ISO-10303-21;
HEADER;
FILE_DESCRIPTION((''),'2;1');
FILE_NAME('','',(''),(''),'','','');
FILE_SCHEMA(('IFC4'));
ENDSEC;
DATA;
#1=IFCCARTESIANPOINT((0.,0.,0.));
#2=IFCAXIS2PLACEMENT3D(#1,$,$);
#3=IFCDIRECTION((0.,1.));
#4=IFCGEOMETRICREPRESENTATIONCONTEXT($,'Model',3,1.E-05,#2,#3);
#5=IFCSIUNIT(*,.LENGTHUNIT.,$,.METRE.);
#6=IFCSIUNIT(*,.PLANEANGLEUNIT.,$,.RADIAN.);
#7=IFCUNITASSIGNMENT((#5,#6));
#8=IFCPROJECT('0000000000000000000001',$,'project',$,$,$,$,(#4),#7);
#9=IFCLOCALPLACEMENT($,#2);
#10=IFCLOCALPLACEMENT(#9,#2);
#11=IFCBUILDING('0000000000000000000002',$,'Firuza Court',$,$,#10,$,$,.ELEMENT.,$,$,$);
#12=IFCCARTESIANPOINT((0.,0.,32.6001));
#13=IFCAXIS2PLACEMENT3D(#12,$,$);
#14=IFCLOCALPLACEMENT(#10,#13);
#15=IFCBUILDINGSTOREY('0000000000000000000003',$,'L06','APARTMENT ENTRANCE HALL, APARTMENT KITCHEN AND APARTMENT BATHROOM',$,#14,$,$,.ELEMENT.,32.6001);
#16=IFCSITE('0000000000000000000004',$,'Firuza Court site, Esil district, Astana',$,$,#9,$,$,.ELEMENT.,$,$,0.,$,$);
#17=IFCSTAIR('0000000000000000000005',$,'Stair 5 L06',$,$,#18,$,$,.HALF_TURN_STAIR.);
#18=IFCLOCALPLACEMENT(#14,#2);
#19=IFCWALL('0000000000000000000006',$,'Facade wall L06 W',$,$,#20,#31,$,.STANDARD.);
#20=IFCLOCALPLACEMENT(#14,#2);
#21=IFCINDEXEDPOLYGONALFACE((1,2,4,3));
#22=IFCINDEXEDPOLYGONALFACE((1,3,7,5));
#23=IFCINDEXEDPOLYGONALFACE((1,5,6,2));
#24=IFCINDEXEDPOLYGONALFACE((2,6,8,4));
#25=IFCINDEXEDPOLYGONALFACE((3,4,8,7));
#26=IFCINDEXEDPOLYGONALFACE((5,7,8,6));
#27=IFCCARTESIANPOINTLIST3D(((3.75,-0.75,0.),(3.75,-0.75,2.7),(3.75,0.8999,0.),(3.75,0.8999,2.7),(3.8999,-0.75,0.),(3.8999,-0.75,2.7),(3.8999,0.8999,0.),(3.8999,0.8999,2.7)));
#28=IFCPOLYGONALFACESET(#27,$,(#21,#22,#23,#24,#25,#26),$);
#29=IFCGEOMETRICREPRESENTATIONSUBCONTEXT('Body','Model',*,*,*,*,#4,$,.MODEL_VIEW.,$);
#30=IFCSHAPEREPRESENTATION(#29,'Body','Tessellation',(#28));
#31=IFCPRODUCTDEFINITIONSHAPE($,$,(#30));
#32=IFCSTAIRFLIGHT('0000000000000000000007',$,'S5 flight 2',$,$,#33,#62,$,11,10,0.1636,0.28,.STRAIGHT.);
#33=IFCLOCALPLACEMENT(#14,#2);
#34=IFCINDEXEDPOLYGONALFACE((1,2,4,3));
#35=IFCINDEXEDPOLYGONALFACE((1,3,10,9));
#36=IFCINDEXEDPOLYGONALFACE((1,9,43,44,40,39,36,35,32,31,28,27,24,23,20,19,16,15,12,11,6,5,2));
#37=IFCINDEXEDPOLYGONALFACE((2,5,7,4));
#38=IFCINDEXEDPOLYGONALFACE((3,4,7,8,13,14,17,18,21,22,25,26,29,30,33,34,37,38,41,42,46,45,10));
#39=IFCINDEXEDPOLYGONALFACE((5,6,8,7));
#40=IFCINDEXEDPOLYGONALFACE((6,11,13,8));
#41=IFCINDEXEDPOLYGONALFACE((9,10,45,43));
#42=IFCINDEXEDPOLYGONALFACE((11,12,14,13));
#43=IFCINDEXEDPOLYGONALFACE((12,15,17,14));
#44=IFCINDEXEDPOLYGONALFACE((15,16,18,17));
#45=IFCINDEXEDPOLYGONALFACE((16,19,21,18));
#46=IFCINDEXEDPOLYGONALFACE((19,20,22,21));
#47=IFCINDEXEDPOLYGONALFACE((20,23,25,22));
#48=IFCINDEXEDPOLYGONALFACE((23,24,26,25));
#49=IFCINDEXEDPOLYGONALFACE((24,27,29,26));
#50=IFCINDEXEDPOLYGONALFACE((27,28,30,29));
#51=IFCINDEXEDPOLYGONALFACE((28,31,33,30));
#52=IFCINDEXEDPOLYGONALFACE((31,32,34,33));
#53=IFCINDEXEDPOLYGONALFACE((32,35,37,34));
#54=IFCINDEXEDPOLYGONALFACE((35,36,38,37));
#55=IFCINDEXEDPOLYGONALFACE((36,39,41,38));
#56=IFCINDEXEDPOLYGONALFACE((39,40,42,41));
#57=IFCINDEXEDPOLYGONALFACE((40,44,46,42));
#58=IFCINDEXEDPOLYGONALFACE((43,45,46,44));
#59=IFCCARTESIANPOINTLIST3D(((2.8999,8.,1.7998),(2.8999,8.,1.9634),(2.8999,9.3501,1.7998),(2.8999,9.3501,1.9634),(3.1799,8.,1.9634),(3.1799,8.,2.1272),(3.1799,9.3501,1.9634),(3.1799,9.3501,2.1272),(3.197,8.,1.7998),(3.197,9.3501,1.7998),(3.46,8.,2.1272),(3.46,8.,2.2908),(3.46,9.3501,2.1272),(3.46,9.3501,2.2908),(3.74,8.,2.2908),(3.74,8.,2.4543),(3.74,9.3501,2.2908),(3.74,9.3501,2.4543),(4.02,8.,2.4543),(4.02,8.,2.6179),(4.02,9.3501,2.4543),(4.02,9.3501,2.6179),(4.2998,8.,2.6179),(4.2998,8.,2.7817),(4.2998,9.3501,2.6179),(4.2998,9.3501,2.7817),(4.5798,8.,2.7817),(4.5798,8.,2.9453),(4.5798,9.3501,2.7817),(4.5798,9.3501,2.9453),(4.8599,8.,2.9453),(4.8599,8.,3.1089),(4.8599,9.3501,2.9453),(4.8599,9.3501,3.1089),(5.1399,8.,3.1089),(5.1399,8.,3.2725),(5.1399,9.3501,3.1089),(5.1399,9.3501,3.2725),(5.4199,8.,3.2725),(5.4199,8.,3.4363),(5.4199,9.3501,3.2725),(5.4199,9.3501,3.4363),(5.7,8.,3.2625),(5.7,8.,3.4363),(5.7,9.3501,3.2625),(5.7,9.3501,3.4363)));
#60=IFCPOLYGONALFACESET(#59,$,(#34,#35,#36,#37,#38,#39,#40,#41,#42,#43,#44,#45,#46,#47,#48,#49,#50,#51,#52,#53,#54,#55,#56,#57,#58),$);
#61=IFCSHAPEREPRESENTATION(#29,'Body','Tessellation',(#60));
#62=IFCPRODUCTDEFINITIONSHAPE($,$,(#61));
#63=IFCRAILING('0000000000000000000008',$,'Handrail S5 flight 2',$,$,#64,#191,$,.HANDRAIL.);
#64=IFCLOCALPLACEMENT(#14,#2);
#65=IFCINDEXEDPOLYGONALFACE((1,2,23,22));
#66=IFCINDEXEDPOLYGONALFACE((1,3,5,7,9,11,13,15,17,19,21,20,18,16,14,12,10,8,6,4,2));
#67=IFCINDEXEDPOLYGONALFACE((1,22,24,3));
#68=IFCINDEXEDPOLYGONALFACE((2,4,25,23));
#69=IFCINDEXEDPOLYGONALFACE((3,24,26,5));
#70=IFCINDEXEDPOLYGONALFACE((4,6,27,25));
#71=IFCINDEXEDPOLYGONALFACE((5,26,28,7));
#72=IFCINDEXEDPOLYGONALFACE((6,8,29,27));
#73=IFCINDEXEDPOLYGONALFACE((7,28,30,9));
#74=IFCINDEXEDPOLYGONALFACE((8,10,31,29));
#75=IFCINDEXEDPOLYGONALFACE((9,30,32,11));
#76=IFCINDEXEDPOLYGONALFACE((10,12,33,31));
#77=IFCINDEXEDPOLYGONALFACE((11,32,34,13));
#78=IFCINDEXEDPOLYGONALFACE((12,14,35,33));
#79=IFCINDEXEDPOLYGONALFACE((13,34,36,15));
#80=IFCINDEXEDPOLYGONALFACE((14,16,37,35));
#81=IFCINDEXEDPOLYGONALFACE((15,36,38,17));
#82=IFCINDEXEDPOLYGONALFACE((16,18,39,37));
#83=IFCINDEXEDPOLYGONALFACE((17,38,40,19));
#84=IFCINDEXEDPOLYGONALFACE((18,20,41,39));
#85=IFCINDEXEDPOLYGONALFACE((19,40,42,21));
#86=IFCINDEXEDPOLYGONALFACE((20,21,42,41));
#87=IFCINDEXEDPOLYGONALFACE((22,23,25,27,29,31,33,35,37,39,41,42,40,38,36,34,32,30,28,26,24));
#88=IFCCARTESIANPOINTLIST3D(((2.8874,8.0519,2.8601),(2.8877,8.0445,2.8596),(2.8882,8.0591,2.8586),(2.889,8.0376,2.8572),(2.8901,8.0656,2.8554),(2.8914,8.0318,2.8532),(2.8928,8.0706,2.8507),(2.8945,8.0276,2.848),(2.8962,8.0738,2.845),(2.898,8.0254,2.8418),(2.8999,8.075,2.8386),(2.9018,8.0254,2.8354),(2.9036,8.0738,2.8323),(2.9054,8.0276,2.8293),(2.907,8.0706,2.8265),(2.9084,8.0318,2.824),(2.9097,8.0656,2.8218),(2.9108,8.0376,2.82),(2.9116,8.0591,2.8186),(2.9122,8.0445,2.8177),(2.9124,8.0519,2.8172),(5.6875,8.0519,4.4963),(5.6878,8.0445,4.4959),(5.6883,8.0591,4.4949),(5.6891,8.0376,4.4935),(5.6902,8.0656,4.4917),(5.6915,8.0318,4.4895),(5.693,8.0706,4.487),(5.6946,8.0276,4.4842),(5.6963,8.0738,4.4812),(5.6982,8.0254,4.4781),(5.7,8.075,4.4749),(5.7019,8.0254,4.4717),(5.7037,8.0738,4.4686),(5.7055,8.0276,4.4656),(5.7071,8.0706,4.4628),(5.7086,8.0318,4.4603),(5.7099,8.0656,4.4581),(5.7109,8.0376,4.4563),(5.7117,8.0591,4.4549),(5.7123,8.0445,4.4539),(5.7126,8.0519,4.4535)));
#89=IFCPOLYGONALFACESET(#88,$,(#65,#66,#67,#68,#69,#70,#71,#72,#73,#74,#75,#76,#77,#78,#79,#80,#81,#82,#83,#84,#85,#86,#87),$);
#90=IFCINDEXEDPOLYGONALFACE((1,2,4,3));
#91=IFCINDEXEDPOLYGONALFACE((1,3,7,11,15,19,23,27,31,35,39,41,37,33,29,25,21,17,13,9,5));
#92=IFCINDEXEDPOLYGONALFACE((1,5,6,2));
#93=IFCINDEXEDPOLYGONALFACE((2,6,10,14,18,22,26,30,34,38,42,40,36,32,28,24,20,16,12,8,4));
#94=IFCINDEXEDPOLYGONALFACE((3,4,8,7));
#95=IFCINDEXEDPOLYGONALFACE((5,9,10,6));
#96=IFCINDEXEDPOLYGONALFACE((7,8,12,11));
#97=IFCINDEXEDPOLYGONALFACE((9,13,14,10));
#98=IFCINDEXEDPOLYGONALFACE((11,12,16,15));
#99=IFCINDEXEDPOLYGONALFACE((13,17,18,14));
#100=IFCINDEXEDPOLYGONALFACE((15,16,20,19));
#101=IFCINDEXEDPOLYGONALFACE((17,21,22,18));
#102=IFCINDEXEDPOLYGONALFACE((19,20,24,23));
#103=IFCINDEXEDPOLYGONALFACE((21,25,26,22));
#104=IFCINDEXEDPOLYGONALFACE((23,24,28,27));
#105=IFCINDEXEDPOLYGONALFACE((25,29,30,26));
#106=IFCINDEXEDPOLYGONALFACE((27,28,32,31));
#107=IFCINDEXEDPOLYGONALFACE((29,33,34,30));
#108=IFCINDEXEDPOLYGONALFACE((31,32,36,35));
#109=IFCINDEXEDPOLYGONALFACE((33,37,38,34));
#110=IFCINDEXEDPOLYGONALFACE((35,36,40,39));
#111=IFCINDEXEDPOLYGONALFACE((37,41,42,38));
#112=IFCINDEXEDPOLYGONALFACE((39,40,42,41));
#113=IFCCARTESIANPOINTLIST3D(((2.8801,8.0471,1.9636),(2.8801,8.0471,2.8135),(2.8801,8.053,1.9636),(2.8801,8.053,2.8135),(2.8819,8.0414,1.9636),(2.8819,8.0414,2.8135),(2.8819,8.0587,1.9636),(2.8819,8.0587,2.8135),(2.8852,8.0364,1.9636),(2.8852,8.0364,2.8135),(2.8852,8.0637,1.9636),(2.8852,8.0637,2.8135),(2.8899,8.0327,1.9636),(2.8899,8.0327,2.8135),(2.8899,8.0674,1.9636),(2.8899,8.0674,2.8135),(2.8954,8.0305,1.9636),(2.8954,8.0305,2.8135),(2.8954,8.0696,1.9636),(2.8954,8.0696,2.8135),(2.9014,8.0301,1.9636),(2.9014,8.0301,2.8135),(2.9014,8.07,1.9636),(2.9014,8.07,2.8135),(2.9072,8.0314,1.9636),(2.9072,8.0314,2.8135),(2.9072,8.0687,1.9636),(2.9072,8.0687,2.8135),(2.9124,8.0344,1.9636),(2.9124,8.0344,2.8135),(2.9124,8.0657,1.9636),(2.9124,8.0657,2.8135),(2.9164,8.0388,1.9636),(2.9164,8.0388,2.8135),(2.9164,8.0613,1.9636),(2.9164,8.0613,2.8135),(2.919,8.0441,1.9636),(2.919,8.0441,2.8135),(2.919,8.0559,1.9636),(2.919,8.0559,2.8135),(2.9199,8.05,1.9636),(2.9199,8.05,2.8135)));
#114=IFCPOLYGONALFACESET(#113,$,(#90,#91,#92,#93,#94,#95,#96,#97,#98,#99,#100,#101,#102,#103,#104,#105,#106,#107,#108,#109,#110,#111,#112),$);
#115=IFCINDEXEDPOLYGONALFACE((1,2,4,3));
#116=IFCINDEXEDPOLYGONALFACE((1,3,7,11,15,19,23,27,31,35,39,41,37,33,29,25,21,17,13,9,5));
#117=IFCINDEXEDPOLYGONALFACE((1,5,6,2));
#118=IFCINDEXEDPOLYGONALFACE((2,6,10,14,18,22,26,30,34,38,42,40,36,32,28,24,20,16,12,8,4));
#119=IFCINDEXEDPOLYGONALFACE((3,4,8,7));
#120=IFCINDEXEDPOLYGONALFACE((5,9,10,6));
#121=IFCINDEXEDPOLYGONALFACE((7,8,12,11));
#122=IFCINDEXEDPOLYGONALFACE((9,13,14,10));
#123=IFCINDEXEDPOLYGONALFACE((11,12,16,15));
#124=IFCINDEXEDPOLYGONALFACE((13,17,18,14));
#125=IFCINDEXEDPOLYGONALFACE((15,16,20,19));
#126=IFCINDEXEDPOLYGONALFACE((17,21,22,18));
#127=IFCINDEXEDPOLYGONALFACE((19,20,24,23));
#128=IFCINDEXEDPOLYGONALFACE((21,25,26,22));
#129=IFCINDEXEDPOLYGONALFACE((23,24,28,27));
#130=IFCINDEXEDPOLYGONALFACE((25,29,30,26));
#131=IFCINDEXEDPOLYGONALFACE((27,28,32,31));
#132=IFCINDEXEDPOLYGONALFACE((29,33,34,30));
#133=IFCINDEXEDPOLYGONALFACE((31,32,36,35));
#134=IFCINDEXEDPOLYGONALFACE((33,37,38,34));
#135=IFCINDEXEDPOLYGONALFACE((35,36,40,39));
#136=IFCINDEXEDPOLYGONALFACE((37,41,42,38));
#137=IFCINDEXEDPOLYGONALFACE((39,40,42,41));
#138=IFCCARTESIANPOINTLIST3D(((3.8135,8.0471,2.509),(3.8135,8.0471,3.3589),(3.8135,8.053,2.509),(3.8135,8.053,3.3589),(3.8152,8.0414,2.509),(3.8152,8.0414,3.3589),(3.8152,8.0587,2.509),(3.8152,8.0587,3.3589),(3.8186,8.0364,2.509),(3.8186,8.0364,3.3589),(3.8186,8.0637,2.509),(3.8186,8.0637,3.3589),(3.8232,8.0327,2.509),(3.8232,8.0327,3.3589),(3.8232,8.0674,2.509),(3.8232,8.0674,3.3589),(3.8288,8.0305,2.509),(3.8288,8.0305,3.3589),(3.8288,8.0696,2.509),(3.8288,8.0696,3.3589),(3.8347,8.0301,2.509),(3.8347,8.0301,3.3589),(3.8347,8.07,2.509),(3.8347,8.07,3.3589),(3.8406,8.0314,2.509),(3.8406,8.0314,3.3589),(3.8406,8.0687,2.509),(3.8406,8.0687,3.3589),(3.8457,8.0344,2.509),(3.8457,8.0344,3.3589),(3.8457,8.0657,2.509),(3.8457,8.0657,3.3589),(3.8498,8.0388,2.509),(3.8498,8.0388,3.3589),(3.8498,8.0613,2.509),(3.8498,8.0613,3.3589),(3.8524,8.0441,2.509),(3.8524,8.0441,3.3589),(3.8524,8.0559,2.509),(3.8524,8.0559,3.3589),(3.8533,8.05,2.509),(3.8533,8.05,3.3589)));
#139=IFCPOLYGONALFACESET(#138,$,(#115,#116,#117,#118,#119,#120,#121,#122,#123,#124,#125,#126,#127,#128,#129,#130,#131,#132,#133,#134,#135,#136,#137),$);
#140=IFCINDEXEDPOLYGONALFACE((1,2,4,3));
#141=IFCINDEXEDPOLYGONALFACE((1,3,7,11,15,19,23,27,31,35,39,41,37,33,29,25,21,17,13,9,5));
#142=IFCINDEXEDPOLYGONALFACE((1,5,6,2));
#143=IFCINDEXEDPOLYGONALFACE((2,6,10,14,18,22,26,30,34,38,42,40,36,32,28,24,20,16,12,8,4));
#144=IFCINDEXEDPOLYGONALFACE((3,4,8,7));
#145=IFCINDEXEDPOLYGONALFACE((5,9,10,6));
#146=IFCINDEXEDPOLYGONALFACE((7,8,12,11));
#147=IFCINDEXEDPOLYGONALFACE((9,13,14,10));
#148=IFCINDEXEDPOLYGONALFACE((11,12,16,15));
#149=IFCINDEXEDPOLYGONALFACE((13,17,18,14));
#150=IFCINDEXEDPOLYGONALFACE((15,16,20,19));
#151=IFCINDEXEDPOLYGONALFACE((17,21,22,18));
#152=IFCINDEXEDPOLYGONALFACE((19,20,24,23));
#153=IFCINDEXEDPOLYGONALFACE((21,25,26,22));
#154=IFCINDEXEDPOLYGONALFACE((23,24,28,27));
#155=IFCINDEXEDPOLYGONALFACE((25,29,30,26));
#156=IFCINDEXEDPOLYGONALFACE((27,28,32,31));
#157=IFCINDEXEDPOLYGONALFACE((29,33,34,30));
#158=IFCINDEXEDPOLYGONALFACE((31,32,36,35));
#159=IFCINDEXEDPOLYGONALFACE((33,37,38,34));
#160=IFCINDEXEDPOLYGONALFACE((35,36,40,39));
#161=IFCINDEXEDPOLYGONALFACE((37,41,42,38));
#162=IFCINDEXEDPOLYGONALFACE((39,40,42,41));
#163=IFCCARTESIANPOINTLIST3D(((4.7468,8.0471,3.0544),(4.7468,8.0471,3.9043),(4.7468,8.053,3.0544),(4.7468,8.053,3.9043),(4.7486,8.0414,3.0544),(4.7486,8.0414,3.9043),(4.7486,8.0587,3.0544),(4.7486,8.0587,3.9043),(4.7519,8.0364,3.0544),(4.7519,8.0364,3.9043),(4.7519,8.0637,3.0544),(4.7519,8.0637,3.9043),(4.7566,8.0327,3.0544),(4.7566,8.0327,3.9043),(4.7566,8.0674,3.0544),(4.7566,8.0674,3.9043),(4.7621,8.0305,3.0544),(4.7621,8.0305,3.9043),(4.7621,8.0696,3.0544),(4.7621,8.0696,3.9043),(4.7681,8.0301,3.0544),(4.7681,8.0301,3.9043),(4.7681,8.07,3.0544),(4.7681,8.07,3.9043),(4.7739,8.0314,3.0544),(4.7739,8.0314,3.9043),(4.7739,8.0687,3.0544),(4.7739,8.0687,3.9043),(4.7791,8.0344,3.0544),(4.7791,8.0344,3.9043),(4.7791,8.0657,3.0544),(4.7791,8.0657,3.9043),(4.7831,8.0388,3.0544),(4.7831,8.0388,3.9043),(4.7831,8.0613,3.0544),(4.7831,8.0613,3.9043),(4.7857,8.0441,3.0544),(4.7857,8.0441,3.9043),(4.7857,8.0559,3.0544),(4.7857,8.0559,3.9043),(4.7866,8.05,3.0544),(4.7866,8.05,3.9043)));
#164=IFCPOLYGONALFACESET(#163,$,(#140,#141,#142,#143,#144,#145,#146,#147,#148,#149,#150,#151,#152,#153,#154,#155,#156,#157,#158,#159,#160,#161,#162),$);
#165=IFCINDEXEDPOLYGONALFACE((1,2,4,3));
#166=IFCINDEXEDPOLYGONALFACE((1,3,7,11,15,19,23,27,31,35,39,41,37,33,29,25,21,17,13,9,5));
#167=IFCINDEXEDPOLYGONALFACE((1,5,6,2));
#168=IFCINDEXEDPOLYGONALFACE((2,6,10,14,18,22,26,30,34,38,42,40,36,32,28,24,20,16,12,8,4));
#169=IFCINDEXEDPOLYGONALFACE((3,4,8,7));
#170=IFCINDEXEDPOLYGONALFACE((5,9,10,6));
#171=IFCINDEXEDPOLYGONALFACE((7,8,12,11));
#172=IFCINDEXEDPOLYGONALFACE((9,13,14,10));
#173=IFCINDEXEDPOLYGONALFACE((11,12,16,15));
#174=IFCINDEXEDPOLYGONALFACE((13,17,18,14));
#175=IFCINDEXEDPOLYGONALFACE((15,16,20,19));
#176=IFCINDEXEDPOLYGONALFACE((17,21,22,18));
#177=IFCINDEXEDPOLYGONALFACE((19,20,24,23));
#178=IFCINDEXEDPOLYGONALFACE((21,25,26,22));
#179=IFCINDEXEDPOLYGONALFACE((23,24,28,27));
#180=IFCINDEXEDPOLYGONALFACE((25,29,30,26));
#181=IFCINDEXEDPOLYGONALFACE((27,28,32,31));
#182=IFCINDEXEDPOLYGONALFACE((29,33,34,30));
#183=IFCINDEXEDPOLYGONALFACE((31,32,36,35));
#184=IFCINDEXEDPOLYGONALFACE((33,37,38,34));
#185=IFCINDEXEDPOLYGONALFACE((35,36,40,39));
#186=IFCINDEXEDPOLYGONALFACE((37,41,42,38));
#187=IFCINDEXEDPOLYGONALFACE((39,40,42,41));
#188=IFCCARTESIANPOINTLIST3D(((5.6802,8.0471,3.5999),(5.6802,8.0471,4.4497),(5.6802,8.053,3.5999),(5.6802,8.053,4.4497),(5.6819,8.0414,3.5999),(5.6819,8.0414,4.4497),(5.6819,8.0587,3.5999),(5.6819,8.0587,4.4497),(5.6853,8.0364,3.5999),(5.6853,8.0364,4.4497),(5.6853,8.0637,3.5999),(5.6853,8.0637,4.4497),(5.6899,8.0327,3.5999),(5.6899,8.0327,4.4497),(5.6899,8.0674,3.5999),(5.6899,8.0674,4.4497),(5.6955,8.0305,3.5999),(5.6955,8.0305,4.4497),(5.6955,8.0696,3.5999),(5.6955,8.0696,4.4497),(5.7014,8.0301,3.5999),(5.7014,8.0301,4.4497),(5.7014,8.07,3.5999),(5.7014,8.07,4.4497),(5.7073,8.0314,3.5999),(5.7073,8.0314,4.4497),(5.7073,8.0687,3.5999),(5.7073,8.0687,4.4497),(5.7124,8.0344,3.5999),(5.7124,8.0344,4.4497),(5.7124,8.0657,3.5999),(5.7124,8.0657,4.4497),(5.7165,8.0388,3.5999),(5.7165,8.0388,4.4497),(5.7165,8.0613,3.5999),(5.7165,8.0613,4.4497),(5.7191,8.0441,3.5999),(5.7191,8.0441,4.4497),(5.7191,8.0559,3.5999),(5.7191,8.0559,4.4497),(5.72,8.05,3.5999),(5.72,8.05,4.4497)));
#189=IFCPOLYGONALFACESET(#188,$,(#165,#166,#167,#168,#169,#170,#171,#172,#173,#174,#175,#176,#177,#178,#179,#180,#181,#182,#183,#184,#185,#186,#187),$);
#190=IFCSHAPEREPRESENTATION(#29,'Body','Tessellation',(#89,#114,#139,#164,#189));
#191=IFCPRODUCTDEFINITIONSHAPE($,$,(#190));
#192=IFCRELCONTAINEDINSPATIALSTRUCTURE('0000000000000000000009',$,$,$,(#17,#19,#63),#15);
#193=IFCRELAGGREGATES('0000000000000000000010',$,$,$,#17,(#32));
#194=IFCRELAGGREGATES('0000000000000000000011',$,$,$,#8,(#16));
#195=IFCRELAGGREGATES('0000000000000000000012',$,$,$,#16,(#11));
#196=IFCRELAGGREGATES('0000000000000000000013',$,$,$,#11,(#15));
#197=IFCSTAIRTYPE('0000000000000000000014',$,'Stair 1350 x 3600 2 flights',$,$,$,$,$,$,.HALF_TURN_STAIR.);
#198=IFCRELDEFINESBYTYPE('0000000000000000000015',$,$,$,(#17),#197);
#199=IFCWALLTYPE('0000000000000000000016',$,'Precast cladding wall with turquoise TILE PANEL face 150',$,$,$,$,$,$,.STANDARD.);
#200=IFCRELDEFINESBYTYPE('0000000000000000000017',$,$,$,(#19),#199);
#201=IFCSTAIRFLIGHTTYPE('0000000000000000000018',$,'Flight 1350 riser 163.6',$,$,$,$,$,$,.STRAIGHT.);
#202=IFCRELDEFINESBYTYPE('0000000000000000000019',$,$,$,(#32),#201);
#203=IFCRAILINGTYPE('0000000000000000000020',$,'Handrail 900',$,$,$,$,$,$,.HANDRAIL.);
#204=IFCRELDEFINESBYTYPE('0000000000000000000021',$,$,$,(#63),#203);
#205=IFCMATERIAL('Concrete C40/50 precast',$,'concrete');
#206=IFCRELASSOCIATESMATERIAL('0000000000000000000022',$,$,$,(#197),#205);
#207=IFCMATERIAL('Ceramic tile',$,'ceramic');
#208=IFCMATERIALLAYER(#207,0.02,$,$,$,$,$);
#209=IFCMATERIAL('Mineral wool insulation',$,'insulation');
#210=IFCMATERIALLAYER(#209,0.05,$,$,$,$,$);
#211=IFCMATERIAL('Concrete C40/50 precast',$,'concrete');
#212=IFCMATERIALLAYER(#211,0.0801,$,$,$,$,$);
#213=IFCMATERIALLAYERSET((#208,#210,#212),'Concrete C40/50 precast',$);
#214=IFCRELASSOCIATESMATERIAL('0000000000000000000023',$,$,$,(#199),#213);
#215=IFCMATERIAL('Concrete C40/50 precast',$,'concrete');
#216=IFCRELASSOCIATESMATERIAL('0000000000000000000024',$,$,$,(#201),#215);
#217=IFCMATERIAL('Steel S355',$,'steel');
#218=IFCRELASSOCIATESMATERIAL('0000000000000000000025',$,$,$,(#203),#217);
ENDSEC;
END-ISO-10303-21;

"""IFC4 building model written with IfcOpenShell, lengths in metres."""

from ifc_helpers import new_model, si_unit, direction, frame, frame_2d, origin, origin_2d, place, context, subcontext, project, spatial, polyline, rectangle, circle, outline, extrude, material, layer, layer_set, type_object, element, aggregate, save


model = new_model("IFC4")

# Units and contexts
model_context = context("Model", 3, precision=1e-05, world=origin(), true_north=direction((0.0, 1.0)))
body_context = subcontext(model_context, "Body", "Model", "MODEL_VIEW")
ifc_project = project(units=[si_unit("LENGTHUNIT", "METRE"), si_unit("PLANEANGLEUNIT", "RADIAN")], contexts=[model_context])

# Site, building, storey
site_placement = place(None, origin())
site = spatial("IfcSite", under=ifc_project, at=site_placement, Name="Firuza Court site, Esil district, Astana", CompositionType="ELEMENT", RefElevation=0.0)
building_placement = place(site_placement, origin())
building = spatial("IfcBuilding", under=site, at=building_placement, Name="Firuza Court", CompositionType="ELEMENT")
storey_placement = place(building_placement, frame((0.0, 0.0, 32.6001)))
storey = spatial("IfcBuildingStorey", under=building, at=storey_placement, Name="L06", Description="APARTMENT ENTRANCE HALL, APARTMENT KITCHEN AND APARTMENT BATHROOM", CompositionType="ELEMENT", Elevation=32.6001)

# Stair
ifc_material_1 = material(Name="Concrete C40/50 precast", Category="concrete")
stair_type = type_object("IfcStairType", Name="Stair 1350 x 3600 2 flights", PredefinedType="HALF_TURN_STAIR", material=ifc_material_1)
ifc_material_2 = material(Name="Concrete C40/50 precast", Category="concrete")
stair_1_placement = place(storey_placement, origin())
stair_1 = element("IfcStair", 1, at=stair_1_placement, inside=storey, type_object=stair_type, Name="Stair 5 L06", PredefinedType="HALF_TURN_STAIR")

# Wall
ifc_material_3 = material(Name="Ceramic tile", Category="ceramic")
ifc_layer_1 = layer(ifc_material_3, 0.02)
ifc_material_4 = material(Name="Mineral wool insulation", Category="insulation")
ifc_layer_2 = layer(ifc_material_4, 0.05)
ifc_layer_3 = layer(ifc_material_2, 0.0801)
ifc_layer_set_1 = layer_set([ifc_layer_1, ifc_layer_2, ifc_layer_3], Name="Concrete C40/50 precast")
wall_type_1 = type_object("IfcWallType", Name="Precast cladding wall with turquoise TILE PANEL face 150", PredefinedType="STANDARD", material=ifc_layer_set_1)
wall_1_placement = place(storey_placement, frame((3.825, 0.8999, 0.0), z_axis=(0.0, 0.0, 1.0), x_axis=(0.0, -1.0, 0.0)))
element("IfcWall", 2, at=wall_1_placement, inside=storey, type_object=wall_type_1, Name="Facade wall L06 W", PredefinedType="STANDARD", context=body_context, shape_type="SweptSolid", body=[
    extrude(rectangle(XDim=1.6499, YDim=0.1499, at=frame_2d((0.825, 0.0))), origin(), (0.0, 0.0, 1.0), 2.7),
])

# Stair flight
ifc_material_5 = material(Name="Concrete C40/50 precast", Category="concrete")
stair_flight_type = type_object("IfcStairFlightType", Name="Flight 1350 riser 163.6", PredefinedType="STRAIGHT", material=ifc_material_5)
stair_flight_placement = place(storey_placement, frame((2.8999, 8.675, 1.7998), z_axis=(0.0, 0.0, 1.0), x_axis=(1.0, 0.0, 0.0)))
stair_flight = element("IfcStairFlight", 3, at=stair_flight_placement, type_object=stair_flight_type, Name="S5 flight 2", NumberOfRisers=11, NumberOfTreads=10, PredefinedType="STRAIGHT", RiserHeight=0.1636, TreadLength=0.28, context=body_context, shape_type="SweptSolid", body=[
    extrude(outline(polyline([(0.0, 0.0), (0.0, 0.1636), (0.28, 0.1636), (0.28, 0.3274), (0.5601, 0.3274), (0.5601, 0.491), (0.8401, 0.491), (0.8401, 0.6545), (1.1201, 0.6545), (1.1201, 0.8181), (1.3999, 0.8181), (1.3999, 0.9819), (1.6799, 0.9819), (1.6799, 1.1455), (1.96, 1.1455), (1.96, 1.3091), (2.24, 1.3091), (2.24, 1.4727), (2.52, 1.4727), (2.52, 1.6365), (2.8, 1.6365), (2.8, 1.8), (2.8, 1.4626), (0.2971, 0.0), (0.0, 0.0)])), frame((0.0, 0.675, 0.0), z_axis=(0.0, -1.0, 0.0), x_axis=(1.0, 0.0, 0.0)), (0.0, 0.0, 1.0), 1.3501),
])
aggregate(stair_1, [stair_flight])

# Railing
ifc_material_6 = material(Name="Steel S355", Category="steel")
railing_type = type_object("IfcRailingType", Name="Handrail 900", PredefinedType="HANDRAIL", material=ifc_material_6)
railing_placement = place(storey_placement, frame((2.8999, 8.05, 1.9636)))
element("IfcRailing", 4, at=railing_placement, inside=storey, type_object=railing_type, Name="Handrail S5 flight 2", PredefinedType="HANDRAIL", context=body_context, shape_type="SweptSolid", body=[
    extrude(circle(Radius=0.0249, at=origin_2d()), frame((0.0, 0.0, 0.875), z_axis=(0.863394, 0.0, 0.504531), x_axis=(0.0, 1.0, 0.0)), (0.0, 0.0, 1.0), 3.2432),
    extrude(circle(Radius=0.02, at=origin_2d()), origin(), (0.0, 0.0, 1.0), 0.8499),
    extrude(circle(Radius=0.02, at=origin_2d()), frame((0.9333, 0.0, 0.5454)), (0.0, 0.0, 1.0), 0.8499),
    extrude(circle(Radius=0.02, at=origin_2d()), frame((1.8667, 0.0, 1.0908)), (0.0, 0.0, 1.0), 0.8499),
    extrude(circle(Radius=0.02, at=origin_2d()), frame((2.8, 0.0, 1.6362)), (0.0, 0.0, 1.0), 0.8499),
])

save(model, "model.ifc")
